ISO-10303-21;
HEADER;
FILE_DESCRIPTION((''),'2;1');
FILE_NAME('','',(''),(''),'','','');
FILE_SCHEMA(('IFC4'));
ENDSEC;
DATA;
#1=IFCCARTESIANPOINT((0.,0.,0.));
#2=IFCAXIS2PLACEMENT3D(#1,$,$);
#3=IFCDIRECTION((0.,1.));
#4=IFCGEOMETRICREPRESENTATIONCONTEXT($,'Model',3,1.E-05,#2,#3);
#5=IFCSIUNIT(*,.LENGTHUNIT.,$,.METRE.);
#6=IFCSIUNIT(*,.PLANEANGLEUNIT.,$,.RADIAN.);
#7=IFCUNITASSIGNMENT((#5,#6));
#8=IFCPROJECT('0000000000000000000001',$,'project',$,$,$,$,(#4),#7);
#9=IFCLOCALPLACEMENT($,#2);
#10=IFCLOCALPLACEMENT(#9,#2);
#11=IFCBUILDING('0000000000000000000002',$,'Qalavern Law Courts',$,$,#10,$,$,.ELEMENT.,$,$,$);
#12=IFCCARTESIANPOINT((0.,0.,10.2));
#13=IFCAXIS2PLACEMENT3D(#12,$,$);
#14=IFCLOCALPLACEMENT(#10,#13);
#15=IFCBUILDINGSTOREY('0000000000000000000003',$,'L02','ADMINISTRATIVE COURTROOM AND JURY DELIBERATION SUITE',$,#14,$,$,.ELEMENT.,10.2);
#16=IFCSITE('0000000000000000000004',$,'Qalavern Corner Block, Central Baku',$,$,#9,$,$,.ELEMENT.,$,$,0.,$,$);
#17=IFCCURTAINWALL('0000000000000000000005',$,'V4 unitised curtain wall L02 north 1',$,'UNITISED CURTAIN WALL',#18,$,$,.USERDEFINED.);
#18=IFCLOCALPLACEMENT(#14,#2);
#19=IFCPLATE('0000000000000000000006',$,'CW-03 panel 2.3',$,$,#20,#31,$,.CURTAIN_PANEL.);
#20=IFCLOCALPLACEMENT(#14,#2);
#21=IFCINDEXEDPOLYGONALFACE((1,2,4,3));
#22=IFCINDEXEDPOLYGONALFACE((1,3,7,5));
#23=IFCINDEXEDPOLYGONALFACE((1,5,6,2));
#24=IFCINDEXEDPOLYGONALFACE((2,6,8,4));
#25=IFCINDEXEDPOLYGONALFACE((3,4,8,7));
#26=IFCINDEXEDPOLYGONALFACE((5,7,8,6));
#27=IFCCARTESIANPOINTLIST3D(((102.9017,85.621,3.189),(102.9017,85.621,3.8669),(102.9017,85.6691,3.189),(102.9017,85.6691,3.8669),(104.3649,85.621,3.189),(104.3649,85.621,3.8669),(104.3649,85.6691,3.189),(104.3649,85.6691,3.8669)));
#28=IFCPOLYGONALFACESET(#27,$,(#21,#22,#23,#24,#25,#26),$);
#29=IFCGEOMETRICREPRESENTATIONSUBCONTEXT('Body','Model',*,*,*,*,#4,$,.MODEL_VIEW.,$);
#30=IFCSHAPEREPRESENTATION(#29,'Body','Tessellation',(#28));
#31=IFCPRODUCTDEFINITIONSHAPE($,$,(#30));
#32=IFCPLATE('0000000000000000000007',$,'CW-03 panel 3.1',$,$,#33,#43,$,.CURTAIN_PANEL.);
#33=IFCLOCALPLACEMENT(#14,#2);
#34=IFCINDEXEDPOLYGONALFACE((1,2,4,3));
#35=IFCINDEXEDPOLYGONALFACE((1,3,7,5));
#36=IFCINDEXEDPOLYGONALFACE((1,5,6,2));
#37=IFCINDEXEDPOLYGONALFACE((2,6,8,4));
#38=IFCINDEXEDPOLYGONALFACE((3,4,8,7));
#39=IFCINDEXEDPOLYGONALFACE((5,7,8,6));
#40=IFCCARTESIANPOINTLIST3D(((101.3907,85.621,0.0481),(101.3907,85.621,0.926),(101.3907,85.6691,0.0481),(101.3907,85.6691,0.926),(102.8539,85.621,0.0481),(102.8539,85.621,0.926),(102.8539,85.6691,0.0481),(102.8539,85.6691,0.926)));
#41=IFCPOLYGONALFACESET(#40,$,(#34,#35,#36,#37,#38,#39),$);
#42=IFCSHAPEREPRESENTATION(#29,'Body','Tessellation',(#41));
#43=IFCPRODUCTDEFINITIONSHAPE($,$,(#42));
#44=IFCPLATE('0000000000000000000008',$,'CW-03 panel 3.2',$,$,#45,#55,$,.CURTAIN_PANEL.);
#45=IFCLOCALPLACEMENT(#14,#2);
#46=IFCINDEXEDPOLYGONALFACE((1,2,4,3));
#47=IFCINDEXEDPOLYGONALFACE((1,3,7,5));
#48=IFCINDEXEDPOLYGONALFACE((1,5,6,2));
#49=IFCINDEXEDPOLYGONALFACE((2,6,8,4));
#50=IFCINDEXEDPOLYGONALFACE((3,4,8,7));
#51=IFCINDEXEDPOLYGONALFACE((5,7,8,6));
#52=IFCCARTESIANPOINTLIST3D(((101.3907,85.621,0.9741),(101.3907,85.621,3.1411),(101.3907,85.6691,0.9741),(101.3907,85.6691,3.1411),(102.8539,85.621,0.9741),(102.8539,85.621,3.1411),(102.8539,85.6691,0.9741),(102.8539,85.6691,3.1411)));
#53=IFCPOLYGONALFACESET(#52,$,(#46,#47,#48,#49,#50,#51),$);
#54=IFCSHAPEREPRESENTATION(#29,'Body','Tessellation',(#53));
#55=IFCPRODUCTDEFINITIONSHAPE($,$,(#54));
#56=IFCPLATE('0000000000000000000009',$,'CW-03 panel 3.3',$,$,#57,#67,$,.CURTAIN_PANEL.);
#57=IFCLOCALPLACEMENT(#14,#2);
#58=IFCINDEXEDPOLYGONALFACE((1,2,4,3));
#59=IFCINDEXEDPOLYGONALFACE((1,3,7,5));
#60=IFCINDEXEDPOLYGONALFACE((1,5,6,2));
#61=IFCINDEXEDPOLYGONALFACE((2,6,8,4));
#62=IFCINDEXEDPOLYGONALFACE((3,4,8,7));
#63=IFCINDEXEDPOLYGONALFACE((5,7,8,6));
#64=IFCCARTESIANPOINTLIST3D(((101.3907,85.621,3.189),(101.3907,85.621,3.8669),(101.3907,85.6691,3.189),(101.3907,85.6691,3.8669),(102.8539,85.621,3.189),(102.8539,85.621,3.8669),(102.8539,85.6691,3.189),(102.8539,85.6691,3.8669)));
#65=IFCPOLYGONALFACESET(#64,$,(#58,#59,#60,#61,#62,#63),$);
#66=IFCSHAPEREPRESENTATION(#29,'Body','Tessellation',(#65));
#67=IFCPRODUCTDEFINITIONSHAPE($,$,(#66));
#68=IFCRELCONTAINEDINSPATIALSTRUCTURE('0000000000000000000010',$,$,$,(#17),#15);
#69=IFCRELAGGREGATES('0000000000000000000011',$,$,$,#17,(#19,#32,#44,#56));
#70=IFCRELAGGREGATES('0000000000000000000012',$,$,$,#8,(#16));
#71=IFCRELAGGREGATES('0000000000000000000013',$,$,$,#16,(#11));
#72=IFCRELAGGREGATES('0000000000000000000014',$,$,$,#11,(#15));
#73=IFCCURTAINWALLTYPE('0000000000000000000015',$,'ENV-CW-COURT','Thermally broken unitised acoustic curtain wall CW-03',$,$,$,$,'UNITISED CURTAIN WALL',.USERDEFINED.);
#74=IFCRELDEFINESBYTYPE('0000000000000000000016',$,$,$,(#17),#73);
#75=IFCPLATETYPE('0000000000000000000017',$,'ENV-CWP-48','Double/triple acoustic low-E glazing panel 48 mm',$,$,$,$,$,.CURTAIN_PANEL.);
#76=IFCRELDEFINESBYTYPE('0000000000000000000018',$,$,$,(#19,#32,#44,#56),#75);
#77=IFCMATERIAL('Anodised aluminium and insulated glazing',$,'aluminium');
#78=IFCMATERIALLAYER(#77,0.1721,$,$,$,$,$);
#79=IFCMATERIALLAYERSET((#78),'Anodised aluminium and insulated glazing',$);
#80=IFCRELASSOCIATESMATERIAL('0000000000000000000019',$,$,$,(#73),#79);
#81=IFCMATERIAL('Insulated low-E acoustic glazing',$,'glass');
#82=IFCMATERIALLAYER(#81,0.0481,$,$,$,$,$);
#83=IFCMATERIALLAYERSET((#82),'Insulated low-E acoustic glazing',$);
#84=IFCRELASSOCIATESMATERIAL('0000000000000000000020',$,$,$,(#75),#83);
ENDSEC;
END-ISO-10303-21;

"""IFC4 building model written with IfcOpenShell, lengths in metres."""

from ifc_helpers import new_model, si_unit, direction, frame, origin, origin_2d, place, context, subcontext, project, spatial, rectangle, extrude, material, layer, layer_set, type_object, element, aggregate, save


model = new_model("IFC4")

# Units and contexts
model_context = context("Model", 3, precision=1e-05, world=origin(), true_north=direction((0.0, 1.0)))
body_context = subcontext(model_context, "Body", "Model", "MODEL_VIEW")
ifc_project = project(units=[si_unit("LENGTHUNIT", "METRE"), si_unit("PLANEANGLEUNIT", "RADIAN")], contexts=[model_context])

# Site, building, storey
site_placement = place(None, origin())
site = spatial("IfcSite", under=ifc_project, at=site_placement, Name="Qalavern Corner Block, Central Baku", CompositionType="ELEMENT", RefElevation=0.0)
building_placement = place(site_placement, origin())
building = spatial("IfcBuilding", under=site, at=building_placement, Name="Qalavern Law Courts", CompositionType="ELEMENT")
storey_placement = place(building_placement, frame((0.0, 0.0, 10.2)))
storey = spatial("IfcBuildingStorey", under=building, at=storey_placement, Name="L02", Description="ADMINISTRATIVE COURTROOM AND JURY DELIBERATION SUITE", CompositionType="ELEMENT", Elevation=10.2)

# Curtain wall
ifc_material_1 = material(Name="Anodised aluminium and insulated glazing", Category="aluminium")
ifc_layer_1 = layer(ifc_material_1, 0.1721)
ifc_layer_set_1 = layer_set([ifc_layer_1], Name="Anodised aluminium and insulated glazing")
curtain_wall_type = type_object("IfcCurtainWallType", Name="ENV-CW-COURT", Description="Thermally broken unitised acoustic curtain wall CW-03", ElementType="UNITISED CURTAIN WALL", PredefinedType="USERDEFINED", material=ifc_layer_set_1)
curtain_wall_placement = place(storey_placement, origin())
curtain_wall = element("IfcCurtainWall", 1, at=curtain_wall_placement, inside=storey, type_object=curtain_wall_type, Name="V4 unitised curtain wall L02 north 1", ObjectType="UNITISED CURTAIN WALL", PredefinedType="USERDEFINED")

# Plates
ifc_material_2 = material(Name="Insulated low-E acoustic glazing", Category="glass")
ifc_layer_2 = layer(ifc_material_2, 0.0481)
ifc_layer_set_2 = layer_set([ifc_layer_2], Name="Insulated low-E acoustic glazing")
plate_type = type_object("IfcPlateType", Name="ENV-CWP-48", Description="Double/triple acoustic low-E glazing panel 48 mm", PredefinedType="CURTAIN_PANEL", material=ifc_layer_set_2)
plate_1_placement = place(storey_placement, frame((103.6333, 85.645, 3.189), z_axis=(0.0, 0.0, 1.0), x_axis=(-1.0, 0.0, 0.0)))
plate_1 = element("IfcPlate", 2, at=plate_1_placement, type_object=plate_type, Name="CW-03 panel 2.3", PredefinedType="CURTAIN_PANEL", context=body_context, shape_type="SweptSolid", body=[
    extrude(rectangle(XDim=1.4631, YDim=0.0481, at=origin_2d()), origin(), (0.0, 0.0, 1.0), 0.678),
])
plate_2_placement = place(storey_placement, frame((102.1223, 85.645, 0.0481), z_axis=(0.0, 0.0, 1.0), x_axis=(-1.0, 0.0, 0.0)))
plate_2 = element("IfcPlate", 3, at=plate_2_placement, type_object=plate_type, Name="CW-03 panel 3.1", PredefinedType="CURTAIN_PANEL", context=body_context, shape_type="SweptSolid", body=[
    extrude(rectangle(XDim=1.4631, YDim=0.0481, at=origin_2d()), origin(), (0.0, 0.0, 1.0), 0.8779),
])
plate_3_placement = place(storey_placement, frame((102.1223, 85.645, 0.9741), z_axis=(0.0, 0.0, 1.0), x_axis=(-1.0, 0.0, 0.0)))
plate_3 = element("IfcPlate", 4, at=plate_3_placement, type_object=plate_type, Name="CW-03 panel 3.2", PredefinedType="CURTAIN_PANEL", context=body_context, shape_type="SweptSolid", body=[
    extrude(rectangle(XDim=1.4631, YDim=0.0481, at=origin_2d()), origin(), (0.0, 0.0, 1.0), 2.167),
])
plate_4_placement = place(storey_placement, frame((102.1223, 85.645, 3.189), z_axis=(0.0, 0.0, 1.0), x_axis=(-1.0, 0.0, 0.0)))
plate_4 = element("IfcPlate", 5, at=plate_4_placement, type_object=plate_type, Name="CW-03 panel 3.3", PredefinedType="CURTAIN_PANEL", context=body_context, shape_type="SweptSolid", body=[
    extrude(rectangle(XDim=1.4631, YDim=0.0481, at=origin_2d()), origin(), (0.0, 0.0, 1.0), 0.678),
])
aggregate(curtain_wall, [plate_1, plate_2, plate_3, plate_4])

save(model, "model.ifc")
